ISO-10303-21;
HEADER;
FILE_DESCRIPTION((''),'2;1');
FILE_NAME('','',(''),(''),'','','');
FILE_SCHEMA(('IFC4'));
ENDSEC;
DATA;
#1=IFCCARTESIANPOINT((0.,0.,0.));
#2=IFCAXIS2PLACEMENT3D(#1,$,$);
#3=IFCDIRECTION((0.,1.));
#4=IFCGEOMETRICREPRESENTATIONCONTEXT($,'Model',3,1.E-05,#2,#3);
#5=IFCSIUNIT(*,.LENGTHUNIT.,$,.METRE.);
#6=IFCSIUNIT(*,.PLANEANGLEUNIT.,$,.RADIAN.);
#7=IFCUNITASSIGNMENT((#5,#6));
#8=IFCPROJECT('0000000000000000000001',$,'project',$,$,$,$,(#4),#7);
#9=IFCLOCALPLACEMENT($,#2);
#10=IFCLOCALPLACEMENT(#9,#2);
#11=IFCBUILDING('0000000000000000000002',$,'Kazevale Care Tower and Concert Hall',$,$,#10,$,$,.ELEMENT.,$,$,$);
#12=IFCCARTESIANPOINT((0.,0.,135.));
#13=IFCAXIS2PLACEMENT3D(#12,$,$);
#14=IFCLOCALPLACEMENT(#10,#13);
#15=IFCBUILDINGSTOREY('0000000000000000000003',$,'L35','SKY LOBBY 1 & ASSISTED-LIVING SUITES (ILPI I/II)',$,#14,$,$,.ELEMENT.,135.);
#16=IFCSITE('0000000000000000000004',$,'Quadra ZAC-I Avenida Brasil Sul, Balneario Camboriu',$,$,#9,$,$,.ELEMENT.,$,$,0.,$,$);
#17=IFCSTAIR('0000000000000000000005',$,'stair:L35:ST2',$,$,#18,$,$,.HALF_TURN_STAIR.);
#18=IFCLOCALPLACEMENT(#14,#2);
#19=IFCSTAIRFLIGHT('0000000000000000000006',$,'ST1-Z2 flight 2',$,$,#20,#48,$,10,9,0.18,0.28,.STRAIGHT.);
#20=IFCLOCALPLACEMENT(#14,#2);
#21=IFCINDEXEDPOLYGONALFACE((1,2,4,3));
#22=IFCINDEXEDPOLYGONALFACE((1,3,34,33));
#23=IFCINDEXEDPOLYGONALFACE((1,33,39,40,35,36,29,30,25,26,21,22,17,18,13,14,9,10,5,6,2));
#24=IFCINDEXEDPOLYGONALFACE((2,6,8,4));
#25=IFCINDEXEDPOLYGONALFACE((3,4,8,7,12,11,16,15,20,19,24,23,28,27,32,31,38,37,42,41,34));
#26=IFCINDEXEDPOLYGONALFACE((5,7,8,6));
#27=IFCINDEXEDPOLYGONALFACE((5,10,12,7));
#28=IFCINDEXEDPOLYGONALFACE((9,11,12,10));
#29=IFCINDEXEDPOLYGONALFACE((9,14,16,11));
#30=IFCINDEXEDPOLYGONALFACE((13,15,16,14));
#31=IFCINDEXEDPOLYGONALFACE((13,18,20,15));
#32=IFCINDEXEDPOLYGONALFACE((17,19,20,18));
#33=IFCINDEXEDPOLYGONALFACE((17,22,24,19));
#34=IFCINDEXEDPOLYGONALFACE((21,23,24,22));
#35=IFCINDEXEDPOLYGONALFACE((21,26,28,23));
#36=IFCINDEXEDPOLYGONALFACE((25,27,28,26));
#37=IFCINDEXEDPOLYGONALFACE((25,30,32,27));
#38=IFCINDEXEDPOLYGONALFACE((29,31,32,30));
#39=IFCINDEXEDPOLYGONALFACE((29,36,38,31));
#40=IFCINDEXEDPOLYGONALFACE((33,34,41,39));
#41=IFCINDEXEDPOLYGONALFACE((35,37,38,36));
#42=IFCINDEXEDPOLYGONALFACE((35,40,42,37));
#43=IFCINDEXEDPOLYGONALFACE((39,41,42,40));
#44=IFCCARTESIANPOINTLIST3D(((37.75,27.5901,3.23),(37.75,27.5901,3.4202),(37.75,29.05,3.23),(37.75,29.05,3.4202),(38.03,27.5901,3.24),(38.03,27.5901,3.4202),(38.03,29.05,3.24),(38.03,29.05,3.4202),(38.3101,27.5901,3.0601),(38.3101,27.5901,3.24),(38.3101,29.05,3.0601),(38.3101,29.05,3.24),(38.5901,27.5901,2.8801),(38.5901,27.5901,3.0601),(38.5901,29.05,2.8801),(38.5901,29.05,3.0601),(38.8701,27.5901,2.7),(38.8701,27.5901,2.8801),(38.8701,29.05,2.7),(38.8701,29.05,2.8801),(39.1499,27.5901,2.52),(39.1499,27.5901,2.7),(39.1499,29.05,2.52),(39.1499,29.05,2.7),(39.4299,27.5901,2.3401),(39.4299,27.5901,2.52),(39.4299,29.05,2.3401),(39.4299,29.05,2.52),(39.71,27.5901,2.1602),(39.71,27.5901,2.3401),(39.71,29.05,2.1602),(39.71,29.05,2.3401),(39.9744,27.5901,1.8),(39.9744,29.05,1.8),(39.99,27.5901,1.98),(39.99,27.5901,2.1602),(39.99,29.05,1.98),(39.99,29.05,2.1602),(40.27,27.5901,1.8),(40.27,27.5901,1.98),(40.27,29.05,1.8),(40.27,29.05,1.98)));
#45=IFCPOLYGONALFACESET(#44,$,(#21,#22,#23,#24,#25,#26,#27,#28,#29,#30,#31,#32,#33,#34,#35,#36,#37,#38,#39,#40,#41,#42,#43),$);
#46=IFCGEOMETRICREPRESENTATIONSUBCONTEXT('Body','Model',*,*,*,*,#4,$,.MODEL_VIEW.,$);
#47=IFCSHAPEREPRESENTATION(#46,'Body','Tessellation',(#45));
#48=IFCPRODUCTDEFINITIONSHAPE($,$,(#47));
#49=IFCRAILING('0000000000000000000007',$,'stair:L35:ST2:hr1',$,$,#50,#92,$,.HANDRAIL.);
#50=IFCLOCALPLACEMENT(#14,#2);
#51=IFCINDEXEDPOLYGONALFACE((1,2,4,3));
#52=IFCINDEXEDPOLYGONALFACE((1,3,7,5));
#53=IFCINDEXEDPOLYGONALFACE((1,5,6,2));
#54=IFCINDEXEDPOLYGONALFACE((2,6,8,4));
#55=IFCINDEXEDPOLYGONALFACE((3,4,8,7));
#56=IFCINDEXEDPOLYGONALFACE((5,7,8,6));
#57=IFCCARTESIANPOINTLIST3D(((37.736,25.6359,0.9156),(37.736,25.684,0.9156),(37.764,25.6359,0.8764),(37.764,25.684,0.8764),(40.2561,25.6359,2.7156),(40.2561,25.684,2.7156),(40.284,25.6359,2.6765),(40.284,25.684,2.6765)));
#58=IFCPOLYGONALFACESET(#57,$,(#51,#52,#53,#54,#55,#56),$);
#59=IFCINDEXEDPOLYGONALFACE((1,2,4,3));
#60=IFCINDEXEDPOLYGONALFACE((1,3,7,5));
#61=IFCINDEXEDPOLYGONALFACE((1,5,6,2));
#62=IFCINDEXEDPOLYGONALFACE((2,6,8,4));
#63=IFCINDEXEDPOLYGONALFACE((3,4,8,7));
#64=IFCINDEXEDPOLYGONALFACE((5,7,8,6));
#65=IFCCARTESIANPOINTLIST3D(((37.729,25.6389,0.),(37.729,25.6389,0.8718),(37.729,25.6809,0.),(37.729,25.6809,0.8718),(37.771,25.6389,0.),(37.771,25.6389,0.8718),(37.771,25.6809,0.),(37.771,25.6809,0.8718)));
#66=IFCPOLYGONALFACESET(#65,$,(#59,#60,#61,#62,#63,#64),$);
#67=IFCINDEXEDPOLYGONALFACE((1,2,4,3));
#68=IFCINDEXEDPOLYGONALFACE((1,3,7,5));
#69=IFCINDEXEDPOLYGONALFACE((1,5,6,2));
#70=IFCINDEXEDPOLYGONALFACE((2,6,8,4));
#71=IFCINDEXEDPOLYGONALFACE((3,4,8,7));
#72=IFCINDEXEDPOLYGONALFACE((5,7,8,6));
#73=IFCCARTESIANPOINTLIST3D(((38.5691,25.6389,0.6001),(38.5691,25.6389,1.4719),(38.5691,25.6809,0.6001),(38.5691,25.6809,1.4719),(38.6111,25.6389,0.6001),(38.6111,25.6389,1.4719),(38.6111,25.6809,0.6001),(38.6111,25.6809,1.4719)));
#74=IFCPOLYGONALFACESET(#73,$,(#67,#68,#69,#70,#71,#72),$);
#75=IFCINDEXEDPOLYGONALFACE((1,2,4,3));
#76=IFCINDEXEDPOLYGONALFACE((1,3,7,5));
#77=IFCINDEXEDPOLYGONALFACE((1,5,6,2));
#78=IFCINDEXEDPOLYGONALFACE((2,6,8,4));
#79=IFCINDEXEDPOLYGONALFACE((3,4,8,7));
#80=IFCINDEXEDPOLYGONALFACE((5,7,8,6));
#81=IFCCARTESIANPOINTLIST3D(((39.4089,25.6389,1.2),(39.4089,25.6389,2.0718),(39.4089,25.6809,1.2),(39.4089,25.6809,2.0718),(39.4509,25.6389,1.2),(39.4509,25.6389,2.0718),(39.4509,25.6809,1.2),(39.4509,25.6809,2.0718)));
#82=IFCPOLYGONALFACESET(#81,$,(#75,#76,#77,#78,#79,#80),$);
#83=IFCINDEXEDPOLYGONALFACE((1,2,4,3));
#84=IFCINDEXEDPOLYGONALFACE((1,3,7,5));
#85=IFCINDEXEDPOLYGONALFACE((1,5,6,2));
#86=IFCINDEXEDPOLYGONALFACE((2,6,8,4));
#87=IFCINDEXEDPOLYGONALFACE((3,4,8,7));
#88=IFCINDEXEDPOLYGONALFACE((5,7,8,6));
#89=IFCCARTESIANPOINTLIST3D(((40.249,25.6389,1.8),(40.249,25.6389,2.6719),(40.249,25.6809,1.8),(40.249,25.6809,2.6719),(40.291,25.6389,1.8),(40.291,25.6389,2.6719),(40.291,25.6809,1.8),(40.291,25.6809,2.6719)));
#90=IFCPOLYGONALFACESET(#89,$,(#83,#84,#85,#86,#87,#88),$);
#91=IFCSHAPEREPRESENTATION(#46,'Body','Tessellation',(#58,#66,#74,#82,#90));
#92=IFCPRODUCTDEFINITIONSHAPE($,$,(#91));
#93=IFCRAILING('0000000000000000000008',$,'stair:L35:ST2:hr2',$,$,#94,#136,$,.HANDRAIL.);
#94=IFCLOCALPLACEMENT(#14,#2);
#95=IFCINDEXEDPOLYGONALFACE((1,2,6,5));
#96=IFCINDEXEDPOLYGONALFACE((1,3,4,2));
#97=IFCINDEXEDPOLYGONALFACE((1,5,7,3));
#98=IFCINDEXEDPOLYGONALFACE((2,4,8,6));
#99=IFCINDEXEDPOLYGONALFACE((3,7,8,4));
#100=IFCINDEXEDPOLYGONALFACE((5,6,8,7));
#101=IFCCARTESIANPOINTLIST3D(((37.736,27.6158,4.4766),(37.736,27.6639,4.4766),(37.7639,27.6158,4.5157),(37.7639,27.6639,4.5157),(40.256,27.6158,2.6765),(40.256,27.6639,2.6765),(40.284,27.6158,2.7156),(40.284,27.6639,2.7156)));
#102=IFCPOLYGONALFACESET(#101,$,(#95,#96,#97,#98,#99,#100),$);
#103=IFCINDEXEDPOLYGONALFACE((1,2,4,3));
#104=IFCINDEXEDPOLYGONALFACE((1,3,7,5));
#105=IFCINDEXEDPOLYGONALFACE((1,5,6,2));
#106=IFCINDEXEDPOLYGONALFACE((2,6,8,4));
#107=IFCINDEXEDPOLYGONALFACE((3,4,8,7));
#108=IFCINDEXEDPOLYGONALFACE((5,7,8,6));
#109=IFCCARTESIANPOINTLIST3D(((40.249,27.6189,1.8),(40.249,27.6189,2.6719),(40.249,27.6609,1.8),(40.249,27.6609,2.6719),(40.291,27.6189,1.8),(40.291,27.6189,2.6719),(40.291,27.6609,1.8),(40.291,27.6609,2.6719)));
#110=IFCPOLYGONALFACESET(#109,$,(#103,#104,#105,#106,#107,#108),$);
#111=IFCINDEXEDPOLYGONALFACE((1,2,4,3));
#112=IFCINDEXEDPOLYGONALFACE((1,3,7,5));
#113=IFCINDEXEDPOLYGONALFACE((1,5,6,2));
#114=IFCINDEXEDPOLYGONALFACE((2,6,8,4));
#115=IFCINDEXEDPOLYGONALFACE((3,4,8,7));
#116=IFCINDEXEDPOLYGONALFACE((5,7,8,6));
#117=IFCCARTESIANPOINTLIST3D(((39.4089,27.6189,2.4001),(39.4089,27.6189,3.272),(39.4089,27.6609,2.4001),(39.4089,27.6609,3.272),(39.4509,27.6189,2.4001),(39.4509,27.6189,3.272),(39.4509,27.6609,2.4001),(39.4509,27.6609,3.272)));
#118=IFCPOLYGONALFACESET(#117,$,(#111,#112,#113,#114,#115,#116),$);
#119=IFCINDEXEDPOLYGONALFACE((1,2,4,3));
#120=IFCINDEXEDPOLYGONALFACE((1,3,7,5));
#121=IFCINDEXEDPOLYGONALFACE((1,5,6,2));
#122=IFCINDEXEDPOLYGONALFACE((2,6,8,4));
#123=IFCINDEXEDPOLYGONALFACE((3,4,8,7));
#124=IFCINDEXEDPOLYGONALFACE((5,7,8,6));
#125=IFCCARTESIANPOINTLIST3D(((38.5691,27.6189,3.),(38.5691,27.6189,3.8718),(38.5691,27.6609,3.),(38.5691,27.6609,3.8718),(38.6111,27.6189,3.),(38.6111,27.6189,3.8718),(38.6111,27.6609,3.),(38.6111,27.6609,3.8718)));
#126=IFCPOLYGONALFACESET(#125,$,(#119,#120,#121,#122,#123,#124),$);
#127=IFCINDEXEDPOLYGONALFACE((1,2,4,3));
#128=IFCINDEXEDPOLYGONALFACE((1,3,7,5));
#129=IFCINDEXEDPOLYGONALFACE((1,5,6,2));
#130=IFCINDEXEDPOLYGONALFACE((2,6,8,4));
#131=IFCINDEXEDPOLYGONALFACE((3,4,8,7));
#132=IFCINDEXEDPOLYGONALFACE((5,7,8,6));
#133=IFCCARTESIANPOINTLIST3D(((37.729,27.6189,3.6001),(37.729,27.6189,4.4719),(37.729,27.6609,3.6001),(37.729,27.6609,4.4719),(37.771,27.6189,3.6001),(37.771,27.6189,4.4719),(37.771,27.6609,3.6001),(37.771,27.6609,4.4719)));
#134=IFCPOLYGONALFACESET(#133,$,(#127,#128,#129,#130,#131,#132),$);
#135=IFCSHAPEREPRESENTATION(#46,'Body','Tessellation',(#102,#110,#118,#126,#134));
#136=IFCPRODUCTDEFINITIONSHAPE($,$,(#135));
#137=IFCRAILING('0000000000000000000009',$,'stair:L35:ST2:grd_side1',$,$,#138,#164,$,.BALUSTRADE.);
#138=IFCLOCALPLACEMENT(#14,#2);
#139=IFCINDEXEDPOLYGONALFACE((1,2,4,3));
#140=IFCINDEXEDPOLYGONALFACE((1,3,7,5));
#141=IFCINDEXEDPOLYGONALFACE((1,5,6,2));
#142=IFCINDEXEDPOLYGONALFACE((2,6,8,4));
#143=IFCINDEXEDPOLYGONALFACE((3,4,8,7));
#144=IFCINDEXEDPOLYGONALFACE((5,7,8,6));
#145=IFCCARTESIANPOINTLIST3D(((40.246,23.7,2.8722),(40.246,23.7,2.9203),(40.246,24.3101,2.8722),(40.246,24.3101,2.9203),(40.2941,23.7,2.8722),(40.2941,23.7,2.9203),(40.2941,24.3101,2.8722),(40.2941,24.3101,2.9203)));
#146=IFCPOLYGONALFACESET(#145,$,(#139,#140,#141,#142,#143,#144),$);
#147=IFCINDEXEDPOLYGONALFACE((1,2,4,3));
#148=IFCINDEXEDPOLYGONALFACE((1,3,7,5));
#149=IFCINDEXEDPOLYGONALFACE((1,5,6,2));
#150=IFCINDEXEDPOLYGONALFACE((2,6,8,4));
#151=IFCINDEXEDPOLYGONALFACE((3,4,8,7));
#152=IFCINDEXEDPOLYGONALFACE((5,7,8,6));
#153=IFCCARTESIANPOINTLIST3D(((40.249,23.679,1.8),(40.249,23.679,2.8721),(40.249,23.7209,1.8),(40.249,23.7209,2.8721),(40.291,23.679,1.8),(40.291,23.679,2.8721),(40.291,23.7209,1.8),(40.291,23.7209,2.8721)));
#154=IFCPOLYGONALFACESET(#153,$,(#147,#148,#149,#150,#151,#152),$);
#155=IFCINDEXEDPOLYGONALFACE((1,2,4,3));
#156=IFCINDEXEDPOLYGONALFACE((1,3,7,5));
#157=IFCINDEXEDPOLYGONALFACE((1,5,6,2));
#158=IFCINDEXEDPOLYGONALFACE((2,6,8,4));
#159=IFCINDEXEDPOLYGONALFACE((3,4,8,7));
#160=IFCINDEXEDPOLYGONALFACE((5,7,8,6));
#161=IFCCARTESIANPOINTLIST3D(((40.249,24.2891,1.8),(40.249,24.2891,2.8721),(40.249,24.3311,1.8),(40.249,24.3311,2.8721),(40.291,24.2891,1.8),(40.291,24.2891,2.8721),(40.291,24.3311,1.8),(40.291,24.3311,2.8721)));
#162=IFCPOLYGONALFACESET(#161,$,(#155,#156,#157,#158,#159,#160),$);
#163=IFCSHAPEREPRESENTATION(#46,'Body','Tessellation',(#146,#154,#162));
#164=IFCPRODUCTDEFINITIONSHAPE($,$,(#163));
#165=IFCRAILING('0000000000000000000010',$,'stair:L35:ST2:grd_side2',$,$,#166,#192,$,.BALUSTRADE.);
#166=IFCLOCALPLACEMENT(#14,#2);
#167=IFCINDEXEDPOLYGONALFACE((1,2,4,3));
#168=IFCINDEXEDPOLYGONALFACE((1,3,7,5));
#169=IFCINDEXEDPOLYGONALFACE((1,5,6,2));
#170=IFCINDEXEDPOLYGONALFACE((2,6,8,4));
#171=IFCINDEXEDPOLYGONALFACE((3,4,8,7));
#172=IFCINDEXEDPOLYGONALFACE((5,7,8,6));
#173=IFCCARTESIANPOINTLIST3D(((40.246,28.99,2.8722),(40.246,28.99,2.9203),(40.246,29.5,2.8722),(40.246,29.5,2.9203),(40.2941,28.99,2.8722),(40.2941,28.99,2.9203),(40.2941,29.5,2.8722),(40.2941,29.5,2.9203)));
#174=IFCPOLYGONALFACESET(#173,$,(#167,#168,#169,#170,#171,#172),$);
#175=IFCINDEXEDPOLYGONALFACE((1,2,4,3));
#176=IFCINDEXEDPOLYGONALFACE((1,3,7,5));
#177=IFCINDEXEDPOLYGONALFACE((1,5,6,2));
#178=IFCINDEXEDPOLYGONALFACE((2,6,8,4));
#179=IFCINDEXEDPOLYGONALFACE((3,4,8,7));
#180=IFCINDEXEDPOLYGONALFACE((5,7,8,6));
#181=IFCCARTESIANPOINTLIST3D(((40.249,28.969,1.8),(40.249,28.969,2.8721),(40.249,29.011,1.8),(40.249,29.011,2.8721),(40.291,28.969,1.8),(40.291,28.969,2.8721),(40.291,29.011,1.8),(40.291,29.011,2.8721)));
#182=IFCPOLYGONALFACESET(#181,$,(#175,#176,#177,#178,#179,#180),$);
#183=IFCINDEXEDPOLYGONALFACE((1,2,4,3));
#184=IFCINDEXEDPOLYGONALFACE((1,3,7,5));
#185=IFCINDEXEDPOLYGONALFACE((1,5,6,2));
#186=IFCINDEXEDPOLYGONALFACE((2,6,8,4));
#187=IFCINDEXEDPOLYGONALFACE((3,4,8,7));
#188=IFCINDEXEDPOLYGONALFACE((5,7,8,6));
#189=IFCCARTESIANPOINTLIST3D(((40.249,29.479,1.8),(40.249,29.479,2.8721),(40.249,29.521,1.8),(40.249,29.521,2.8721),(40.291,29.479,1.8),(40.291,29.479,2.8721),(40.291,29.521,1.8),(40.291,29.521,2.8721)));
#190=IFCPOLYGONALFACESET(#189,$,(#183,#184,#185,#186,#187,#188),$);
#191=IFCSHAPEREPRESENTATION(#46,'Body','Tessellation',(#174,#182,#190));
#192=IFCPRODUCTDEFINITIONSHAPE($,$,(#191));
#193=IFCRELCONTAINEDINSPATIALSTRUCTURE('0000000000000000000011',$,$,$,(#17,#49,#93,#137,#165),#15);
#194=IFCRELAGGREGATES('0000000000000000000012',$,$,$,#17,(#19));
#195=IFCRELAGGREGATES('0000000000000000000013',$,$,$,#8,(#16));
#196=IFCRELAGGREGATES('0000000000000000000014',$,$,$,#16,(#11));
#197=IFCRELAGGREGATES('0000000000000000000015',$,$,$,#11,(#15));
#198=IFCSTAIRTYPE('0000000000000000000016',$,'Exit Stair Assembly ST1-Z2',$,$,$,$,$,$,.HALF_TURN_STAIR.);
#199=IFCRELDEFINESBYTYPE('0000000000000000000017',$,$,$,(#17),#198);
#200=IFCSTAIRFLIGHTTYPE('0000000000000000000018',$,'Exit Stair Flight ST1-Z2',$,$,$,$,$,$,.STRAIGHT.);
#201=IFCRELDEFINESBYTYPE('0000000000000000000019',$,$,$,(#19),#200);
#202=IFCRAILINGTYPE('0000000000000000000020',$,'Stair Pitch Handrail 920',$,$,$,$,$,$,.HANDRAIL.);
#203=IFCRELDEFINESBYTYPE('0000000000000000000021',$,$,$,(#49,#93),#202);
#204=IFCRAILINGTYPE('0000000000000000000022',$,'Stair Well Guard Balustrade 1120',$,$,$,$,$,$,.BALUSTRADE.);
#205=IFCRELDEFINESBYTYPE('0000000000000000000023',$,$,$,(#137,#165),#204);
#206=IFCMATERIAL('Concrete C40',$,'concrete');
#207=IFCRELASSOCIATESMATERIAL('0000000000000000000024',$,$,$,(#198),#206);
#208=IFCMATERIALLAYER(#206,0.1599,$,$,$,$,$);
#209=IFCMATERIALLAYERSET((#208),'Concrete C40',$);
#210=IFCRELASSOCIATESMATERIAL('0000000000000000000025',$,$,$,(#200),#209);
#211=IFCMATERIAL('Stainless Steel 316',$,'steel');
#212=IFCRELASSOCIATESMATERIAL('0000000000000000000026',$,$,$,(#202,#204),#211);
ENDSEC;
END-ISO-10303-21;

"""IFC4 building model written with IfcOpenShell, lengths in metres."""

from ifc_helpers import new_model, si_unit, direction, frame, origin, origin_2d, place, context, subcontext, project, spatial, polyline, rectangle, outline, extrude, material, layer, layer_set, type_object, element, aggregate, save


model = new_model("IFC4")

# Units and contexts
model_context = context("Model", 3, precision=1e-05, world=origin(), true_north=direction((0.0, 1.0)))
body_context = subcontext(model_context, "Body", "Model", "MODEL_VIEW")
ifc_project = project(units=[si_unit("LENGTHUNIT", "METRE"), si_unit("PLANEANGLEUNIT", "RADIAN")], contexts=[model_context])

# Site, building, storey
site_placement = place(None, origin())
site = spatial("IfcSite", under=ifc_project, at=site_placement, Name="Quadra ZAC-I Avenida Brasil Sul, Balneario Camboriu", CompositionType="ELEMENT", RefElevation=0.0)
building_placement = place(site_placement, origin())
building = spatial("IfcBuilding", under=site, at=building_placement, Name="Kazevale Care Tower and Concert Hall", CompositionType="ELEMENT")
storey_placement = place(building_placement, frame((0.0, 0.0, 135.0)))
storey = spatial("IfcBuildingStorey", under=building, at=storey_placement, Name="L35", Description="SKY LOBBY 1 & ASSISTED-LIVING SUITES (ILPI I/II)", CompositionType="ELEMENT", Elevation=135.0)

# Shared definitions
ifc_material_1 = material(Name="Concrete C40", Category="concrete")

# Stair, stair flight
stair_type = type_object("IfcStairType", Name="Exit Stair Assembly ST1-Z2", PredefinedType="HALF_TURN_STAIR", material=ifc_material_1)
stair_placement = place(storey_placement, origin())
stair = element("IfcStair", 1, at=stair_placement, inside=storey, type_object=stair_type, Name="stair:L35:ST2", PredefinedType="HALF_TURN_STAIR")
ifc_layer_1 = layer(ifc_material_1, 0.1599)
ifc_layer_set_1 = layer_set([ifc_layer_1], Name="Concrete C40")
stair_flight_type = type_object("IfcStairFlightType", Name="Exit Stair Flight ST1-Z2", PredefinedType="STRAIGHT", material=ifc_layer_set_1)
stair_flight_1_placement = place(storey_placement, frame((40.27, 28.3201, 1.8), z_axis=(0.0, 0.0, 1.0), x_axis=(-1.0, 0.0, 0.0)))
stair_flight_1 = element("IfcStairFlight", 2, at=stair_flight_1_placement, type_object=stair_flight_type, Name="ST1-Z2 flight 2", NumberOfRisers=10, NumberOfTreads=9, PredefinedType="STRAIGHT", RiserHeight=0.18, TreadLength=0.28, context=body_context, shape_type="SweptSolid", body=[
    extrude(outline(polyline([(0.0, 0.0), (0.0, 0.1799), (0.28, 0.1799), (0.28, 0.3601), (0.5601, 0.3601), (0.5601, 0.54), (0.8401, 0.54), (0.8401, 0.72), (1.1201, 0.72), (1.1201, 0.8999), (1.3999, 0.8999), (1.3999, 1.0801), (1.6799, 1.0801), (1.6799, 1.26), (1.96, 1.26), (1.96, 1.4399), (2.24, 1.4399), (2.24, 1.6201), (2.52, 1.6201), (2.52, 1.8), (2.52, 1.4299), (0.2957, 0.0), (0.0, 0.0)])), frame((0.0, 0.73, 0.0), z_axis=(0.0, -1.0, 0.0), x_axis=(1.0, 0.0, 0.0)), (0.0, 0.0, 1.0), 1.46),
])
aggregate(stair, [stair_flight_1])

# Railings
ifc_material_2 = material(Name="Stainless Steel 316", Category="steel")
railing_type_1 = type_object("IfcRailingType", Name="Stair Pitch Handrail 920", PredefinedType="HANDRAIL", material=ifc_material_2)
railing_1_placement = place(storey_placement, frame((37.75, 25.6599, 0.0)))
element("IfcRailing", 3, at=railing_1_placement, inside=storey, type_object=railing_type_1, Name="stair:L35:ST2:hr1", PredefinedType="HANDRAIL", context=body_context, shape_type="SweptSolid", body=[
    extrude(rectangle(XDim=0.0481, YDim=0.0481, at=origin_2d()), frame((0.0, 0.0, 0.896), z_axis=(0.813728, 0.0, 0.581246), x_axis=(0.0, 1.0, 0.0)), (0.0, 0.0, 1.0), 3.0969),
    extrude(rectangle(XDim=0.042, YDim=0.042, at=origin_2d()), origin(), (0.0, 0.0, 1.0), 0.8718),
    extrude(rectangle(XDim=0.042, YDim=0.042, at=origin_2d()), frame((0.8401, 0.0, 0.6001)), (0.0, 0.0, 1.0), 0.8718),
    extrude(rectangle(XDim=0.042, YDim=0.042, at=origin_2d()), frame((1.6799, 0.0, 1.2)), (0.0, 0.0, 1.0), 0.8718),
    extrude(rectangle(XDim=0.042, YDim=0.042, at=origin_2d()), frame((2.52, 0.0, 1.8)), (0.0, 0.0, 1.0), 0.8718),
])
railing_2_placement = place(storey_placement, frame((40.27, 27.6399, 1.8)))
element("IfcRailing", 4, at=railing_2_placement, inside=storey, type_object=railing_type_1, Name="stair:L35:ST2:hr2", PredefinedType="HANDRAIL", context=body_context, shape_type="SweptSolid", body=[
    extrude(rectangle(XDim=0.0481, YDim=0.0481, at=origin_2d()), frame((0.0, 0.0, 0.896), z_axis=(-0.813728, 0.0, 0.581246), x_axis=(0.0, -1.0, 0.0)), (0.0, 0.0, 1.0), 3.0969),
    extrude(rectangle(XDim=0.042, YDim=0.042, at=origin_2d()), origin(), (0.0, 0.0, 1.0), 0.8718),
    extrude(rectangle(XDim=0.042, YDim=0.042, at=origin_2d()), frame((-0.8401, 0.0, 0.6001)), (0.0, 0.0, 1.0), 0.8718),
    extrude(rectangle(XDim=0.042, YDim=0.042, at=origin_2d()), frame((-1.6799, 0.0, 1.2)), (0.0, 0.0, 1.0), 0.8718),
    extrude(rectangle(XDim=0.042, YDim=0.042, at=origin_2d()), frame((-2.52, 0.0, 1.8)), (0.0, 0.0, 1.0), 0.8718),
])
railing_type_2 = type_object("IfcRailingType", Name="Stair Well Guard Balustrade 1120", PredefinedType="BALUSTRADE", material=ifc_material_2)
railing_3_placement = place(storey_placement, frame((40.27, 23.7, 1.8)))
element("IfcRailing", 5, at=railing_3_placement, inside=storey, type_object=railing_type_2, Name="stair:L35:ST2:grd_side1", PredefinedType="BALUSTRADE", context=body_context, shape_type="SweptSolid", body=[
    extrude(rectangle(XDim=0.0481, YDim=0.0481, at=origin_2d()), frame((0.0, 0.0, 1.0962), z_axis=(0.0, 1.0, 0.0), x_axis=(-1.0, 0.0, 0.0)), (0.0, 0.0, 1.0), 0.6101),
    extrude(rectangle(XDim=0.042, YDim=0.042, at=origin_2d()), origin(), (0.0, 0.0, 1.0), 1.072),
    extrude(rectangle(XDim=0.042, YDim=0.042, at=origin_2d()), frame((0.0, 0.6101, 0.0)), (0.0, 0.0, 1.0), 1.072),
])
railing_4_placement = place(storey_placement, frame((40.27, 28.99, 1.8)))
element("IfcRailing", 6, at=railing_4_placement, inside=storey, type_object=railing_type_2, Name="stair:L35:ST2:grd_side2", PredefinedType="BALUSTRADE", context=body_context, shape_type="SweptSolid", body=[
    extrude(rectangle(XDim=0.0481, YDim=0.0481, at=origin_2d()), frame((0.0, 0.0, 1.0962), z_axis=(0.0, 1.0, 0.0), x_axis=(-1.0, 0.0, 0.0)), (0.0, 0.0, 1.0), 0.51),
    extrude(rectangle(XDim=0.042, YDim=0.042, at=origin_2d()), origin(), (0.0, 0.0, 1.0), 1.072),
    extrude(rectangle(XDim=0.042, YDim=0.042, at=origin_2d()), frame((0.0, 0.51, 0.0)), (0.0, 0.0, 1.0), 1.072),
])

save(model, "model.ifc")
